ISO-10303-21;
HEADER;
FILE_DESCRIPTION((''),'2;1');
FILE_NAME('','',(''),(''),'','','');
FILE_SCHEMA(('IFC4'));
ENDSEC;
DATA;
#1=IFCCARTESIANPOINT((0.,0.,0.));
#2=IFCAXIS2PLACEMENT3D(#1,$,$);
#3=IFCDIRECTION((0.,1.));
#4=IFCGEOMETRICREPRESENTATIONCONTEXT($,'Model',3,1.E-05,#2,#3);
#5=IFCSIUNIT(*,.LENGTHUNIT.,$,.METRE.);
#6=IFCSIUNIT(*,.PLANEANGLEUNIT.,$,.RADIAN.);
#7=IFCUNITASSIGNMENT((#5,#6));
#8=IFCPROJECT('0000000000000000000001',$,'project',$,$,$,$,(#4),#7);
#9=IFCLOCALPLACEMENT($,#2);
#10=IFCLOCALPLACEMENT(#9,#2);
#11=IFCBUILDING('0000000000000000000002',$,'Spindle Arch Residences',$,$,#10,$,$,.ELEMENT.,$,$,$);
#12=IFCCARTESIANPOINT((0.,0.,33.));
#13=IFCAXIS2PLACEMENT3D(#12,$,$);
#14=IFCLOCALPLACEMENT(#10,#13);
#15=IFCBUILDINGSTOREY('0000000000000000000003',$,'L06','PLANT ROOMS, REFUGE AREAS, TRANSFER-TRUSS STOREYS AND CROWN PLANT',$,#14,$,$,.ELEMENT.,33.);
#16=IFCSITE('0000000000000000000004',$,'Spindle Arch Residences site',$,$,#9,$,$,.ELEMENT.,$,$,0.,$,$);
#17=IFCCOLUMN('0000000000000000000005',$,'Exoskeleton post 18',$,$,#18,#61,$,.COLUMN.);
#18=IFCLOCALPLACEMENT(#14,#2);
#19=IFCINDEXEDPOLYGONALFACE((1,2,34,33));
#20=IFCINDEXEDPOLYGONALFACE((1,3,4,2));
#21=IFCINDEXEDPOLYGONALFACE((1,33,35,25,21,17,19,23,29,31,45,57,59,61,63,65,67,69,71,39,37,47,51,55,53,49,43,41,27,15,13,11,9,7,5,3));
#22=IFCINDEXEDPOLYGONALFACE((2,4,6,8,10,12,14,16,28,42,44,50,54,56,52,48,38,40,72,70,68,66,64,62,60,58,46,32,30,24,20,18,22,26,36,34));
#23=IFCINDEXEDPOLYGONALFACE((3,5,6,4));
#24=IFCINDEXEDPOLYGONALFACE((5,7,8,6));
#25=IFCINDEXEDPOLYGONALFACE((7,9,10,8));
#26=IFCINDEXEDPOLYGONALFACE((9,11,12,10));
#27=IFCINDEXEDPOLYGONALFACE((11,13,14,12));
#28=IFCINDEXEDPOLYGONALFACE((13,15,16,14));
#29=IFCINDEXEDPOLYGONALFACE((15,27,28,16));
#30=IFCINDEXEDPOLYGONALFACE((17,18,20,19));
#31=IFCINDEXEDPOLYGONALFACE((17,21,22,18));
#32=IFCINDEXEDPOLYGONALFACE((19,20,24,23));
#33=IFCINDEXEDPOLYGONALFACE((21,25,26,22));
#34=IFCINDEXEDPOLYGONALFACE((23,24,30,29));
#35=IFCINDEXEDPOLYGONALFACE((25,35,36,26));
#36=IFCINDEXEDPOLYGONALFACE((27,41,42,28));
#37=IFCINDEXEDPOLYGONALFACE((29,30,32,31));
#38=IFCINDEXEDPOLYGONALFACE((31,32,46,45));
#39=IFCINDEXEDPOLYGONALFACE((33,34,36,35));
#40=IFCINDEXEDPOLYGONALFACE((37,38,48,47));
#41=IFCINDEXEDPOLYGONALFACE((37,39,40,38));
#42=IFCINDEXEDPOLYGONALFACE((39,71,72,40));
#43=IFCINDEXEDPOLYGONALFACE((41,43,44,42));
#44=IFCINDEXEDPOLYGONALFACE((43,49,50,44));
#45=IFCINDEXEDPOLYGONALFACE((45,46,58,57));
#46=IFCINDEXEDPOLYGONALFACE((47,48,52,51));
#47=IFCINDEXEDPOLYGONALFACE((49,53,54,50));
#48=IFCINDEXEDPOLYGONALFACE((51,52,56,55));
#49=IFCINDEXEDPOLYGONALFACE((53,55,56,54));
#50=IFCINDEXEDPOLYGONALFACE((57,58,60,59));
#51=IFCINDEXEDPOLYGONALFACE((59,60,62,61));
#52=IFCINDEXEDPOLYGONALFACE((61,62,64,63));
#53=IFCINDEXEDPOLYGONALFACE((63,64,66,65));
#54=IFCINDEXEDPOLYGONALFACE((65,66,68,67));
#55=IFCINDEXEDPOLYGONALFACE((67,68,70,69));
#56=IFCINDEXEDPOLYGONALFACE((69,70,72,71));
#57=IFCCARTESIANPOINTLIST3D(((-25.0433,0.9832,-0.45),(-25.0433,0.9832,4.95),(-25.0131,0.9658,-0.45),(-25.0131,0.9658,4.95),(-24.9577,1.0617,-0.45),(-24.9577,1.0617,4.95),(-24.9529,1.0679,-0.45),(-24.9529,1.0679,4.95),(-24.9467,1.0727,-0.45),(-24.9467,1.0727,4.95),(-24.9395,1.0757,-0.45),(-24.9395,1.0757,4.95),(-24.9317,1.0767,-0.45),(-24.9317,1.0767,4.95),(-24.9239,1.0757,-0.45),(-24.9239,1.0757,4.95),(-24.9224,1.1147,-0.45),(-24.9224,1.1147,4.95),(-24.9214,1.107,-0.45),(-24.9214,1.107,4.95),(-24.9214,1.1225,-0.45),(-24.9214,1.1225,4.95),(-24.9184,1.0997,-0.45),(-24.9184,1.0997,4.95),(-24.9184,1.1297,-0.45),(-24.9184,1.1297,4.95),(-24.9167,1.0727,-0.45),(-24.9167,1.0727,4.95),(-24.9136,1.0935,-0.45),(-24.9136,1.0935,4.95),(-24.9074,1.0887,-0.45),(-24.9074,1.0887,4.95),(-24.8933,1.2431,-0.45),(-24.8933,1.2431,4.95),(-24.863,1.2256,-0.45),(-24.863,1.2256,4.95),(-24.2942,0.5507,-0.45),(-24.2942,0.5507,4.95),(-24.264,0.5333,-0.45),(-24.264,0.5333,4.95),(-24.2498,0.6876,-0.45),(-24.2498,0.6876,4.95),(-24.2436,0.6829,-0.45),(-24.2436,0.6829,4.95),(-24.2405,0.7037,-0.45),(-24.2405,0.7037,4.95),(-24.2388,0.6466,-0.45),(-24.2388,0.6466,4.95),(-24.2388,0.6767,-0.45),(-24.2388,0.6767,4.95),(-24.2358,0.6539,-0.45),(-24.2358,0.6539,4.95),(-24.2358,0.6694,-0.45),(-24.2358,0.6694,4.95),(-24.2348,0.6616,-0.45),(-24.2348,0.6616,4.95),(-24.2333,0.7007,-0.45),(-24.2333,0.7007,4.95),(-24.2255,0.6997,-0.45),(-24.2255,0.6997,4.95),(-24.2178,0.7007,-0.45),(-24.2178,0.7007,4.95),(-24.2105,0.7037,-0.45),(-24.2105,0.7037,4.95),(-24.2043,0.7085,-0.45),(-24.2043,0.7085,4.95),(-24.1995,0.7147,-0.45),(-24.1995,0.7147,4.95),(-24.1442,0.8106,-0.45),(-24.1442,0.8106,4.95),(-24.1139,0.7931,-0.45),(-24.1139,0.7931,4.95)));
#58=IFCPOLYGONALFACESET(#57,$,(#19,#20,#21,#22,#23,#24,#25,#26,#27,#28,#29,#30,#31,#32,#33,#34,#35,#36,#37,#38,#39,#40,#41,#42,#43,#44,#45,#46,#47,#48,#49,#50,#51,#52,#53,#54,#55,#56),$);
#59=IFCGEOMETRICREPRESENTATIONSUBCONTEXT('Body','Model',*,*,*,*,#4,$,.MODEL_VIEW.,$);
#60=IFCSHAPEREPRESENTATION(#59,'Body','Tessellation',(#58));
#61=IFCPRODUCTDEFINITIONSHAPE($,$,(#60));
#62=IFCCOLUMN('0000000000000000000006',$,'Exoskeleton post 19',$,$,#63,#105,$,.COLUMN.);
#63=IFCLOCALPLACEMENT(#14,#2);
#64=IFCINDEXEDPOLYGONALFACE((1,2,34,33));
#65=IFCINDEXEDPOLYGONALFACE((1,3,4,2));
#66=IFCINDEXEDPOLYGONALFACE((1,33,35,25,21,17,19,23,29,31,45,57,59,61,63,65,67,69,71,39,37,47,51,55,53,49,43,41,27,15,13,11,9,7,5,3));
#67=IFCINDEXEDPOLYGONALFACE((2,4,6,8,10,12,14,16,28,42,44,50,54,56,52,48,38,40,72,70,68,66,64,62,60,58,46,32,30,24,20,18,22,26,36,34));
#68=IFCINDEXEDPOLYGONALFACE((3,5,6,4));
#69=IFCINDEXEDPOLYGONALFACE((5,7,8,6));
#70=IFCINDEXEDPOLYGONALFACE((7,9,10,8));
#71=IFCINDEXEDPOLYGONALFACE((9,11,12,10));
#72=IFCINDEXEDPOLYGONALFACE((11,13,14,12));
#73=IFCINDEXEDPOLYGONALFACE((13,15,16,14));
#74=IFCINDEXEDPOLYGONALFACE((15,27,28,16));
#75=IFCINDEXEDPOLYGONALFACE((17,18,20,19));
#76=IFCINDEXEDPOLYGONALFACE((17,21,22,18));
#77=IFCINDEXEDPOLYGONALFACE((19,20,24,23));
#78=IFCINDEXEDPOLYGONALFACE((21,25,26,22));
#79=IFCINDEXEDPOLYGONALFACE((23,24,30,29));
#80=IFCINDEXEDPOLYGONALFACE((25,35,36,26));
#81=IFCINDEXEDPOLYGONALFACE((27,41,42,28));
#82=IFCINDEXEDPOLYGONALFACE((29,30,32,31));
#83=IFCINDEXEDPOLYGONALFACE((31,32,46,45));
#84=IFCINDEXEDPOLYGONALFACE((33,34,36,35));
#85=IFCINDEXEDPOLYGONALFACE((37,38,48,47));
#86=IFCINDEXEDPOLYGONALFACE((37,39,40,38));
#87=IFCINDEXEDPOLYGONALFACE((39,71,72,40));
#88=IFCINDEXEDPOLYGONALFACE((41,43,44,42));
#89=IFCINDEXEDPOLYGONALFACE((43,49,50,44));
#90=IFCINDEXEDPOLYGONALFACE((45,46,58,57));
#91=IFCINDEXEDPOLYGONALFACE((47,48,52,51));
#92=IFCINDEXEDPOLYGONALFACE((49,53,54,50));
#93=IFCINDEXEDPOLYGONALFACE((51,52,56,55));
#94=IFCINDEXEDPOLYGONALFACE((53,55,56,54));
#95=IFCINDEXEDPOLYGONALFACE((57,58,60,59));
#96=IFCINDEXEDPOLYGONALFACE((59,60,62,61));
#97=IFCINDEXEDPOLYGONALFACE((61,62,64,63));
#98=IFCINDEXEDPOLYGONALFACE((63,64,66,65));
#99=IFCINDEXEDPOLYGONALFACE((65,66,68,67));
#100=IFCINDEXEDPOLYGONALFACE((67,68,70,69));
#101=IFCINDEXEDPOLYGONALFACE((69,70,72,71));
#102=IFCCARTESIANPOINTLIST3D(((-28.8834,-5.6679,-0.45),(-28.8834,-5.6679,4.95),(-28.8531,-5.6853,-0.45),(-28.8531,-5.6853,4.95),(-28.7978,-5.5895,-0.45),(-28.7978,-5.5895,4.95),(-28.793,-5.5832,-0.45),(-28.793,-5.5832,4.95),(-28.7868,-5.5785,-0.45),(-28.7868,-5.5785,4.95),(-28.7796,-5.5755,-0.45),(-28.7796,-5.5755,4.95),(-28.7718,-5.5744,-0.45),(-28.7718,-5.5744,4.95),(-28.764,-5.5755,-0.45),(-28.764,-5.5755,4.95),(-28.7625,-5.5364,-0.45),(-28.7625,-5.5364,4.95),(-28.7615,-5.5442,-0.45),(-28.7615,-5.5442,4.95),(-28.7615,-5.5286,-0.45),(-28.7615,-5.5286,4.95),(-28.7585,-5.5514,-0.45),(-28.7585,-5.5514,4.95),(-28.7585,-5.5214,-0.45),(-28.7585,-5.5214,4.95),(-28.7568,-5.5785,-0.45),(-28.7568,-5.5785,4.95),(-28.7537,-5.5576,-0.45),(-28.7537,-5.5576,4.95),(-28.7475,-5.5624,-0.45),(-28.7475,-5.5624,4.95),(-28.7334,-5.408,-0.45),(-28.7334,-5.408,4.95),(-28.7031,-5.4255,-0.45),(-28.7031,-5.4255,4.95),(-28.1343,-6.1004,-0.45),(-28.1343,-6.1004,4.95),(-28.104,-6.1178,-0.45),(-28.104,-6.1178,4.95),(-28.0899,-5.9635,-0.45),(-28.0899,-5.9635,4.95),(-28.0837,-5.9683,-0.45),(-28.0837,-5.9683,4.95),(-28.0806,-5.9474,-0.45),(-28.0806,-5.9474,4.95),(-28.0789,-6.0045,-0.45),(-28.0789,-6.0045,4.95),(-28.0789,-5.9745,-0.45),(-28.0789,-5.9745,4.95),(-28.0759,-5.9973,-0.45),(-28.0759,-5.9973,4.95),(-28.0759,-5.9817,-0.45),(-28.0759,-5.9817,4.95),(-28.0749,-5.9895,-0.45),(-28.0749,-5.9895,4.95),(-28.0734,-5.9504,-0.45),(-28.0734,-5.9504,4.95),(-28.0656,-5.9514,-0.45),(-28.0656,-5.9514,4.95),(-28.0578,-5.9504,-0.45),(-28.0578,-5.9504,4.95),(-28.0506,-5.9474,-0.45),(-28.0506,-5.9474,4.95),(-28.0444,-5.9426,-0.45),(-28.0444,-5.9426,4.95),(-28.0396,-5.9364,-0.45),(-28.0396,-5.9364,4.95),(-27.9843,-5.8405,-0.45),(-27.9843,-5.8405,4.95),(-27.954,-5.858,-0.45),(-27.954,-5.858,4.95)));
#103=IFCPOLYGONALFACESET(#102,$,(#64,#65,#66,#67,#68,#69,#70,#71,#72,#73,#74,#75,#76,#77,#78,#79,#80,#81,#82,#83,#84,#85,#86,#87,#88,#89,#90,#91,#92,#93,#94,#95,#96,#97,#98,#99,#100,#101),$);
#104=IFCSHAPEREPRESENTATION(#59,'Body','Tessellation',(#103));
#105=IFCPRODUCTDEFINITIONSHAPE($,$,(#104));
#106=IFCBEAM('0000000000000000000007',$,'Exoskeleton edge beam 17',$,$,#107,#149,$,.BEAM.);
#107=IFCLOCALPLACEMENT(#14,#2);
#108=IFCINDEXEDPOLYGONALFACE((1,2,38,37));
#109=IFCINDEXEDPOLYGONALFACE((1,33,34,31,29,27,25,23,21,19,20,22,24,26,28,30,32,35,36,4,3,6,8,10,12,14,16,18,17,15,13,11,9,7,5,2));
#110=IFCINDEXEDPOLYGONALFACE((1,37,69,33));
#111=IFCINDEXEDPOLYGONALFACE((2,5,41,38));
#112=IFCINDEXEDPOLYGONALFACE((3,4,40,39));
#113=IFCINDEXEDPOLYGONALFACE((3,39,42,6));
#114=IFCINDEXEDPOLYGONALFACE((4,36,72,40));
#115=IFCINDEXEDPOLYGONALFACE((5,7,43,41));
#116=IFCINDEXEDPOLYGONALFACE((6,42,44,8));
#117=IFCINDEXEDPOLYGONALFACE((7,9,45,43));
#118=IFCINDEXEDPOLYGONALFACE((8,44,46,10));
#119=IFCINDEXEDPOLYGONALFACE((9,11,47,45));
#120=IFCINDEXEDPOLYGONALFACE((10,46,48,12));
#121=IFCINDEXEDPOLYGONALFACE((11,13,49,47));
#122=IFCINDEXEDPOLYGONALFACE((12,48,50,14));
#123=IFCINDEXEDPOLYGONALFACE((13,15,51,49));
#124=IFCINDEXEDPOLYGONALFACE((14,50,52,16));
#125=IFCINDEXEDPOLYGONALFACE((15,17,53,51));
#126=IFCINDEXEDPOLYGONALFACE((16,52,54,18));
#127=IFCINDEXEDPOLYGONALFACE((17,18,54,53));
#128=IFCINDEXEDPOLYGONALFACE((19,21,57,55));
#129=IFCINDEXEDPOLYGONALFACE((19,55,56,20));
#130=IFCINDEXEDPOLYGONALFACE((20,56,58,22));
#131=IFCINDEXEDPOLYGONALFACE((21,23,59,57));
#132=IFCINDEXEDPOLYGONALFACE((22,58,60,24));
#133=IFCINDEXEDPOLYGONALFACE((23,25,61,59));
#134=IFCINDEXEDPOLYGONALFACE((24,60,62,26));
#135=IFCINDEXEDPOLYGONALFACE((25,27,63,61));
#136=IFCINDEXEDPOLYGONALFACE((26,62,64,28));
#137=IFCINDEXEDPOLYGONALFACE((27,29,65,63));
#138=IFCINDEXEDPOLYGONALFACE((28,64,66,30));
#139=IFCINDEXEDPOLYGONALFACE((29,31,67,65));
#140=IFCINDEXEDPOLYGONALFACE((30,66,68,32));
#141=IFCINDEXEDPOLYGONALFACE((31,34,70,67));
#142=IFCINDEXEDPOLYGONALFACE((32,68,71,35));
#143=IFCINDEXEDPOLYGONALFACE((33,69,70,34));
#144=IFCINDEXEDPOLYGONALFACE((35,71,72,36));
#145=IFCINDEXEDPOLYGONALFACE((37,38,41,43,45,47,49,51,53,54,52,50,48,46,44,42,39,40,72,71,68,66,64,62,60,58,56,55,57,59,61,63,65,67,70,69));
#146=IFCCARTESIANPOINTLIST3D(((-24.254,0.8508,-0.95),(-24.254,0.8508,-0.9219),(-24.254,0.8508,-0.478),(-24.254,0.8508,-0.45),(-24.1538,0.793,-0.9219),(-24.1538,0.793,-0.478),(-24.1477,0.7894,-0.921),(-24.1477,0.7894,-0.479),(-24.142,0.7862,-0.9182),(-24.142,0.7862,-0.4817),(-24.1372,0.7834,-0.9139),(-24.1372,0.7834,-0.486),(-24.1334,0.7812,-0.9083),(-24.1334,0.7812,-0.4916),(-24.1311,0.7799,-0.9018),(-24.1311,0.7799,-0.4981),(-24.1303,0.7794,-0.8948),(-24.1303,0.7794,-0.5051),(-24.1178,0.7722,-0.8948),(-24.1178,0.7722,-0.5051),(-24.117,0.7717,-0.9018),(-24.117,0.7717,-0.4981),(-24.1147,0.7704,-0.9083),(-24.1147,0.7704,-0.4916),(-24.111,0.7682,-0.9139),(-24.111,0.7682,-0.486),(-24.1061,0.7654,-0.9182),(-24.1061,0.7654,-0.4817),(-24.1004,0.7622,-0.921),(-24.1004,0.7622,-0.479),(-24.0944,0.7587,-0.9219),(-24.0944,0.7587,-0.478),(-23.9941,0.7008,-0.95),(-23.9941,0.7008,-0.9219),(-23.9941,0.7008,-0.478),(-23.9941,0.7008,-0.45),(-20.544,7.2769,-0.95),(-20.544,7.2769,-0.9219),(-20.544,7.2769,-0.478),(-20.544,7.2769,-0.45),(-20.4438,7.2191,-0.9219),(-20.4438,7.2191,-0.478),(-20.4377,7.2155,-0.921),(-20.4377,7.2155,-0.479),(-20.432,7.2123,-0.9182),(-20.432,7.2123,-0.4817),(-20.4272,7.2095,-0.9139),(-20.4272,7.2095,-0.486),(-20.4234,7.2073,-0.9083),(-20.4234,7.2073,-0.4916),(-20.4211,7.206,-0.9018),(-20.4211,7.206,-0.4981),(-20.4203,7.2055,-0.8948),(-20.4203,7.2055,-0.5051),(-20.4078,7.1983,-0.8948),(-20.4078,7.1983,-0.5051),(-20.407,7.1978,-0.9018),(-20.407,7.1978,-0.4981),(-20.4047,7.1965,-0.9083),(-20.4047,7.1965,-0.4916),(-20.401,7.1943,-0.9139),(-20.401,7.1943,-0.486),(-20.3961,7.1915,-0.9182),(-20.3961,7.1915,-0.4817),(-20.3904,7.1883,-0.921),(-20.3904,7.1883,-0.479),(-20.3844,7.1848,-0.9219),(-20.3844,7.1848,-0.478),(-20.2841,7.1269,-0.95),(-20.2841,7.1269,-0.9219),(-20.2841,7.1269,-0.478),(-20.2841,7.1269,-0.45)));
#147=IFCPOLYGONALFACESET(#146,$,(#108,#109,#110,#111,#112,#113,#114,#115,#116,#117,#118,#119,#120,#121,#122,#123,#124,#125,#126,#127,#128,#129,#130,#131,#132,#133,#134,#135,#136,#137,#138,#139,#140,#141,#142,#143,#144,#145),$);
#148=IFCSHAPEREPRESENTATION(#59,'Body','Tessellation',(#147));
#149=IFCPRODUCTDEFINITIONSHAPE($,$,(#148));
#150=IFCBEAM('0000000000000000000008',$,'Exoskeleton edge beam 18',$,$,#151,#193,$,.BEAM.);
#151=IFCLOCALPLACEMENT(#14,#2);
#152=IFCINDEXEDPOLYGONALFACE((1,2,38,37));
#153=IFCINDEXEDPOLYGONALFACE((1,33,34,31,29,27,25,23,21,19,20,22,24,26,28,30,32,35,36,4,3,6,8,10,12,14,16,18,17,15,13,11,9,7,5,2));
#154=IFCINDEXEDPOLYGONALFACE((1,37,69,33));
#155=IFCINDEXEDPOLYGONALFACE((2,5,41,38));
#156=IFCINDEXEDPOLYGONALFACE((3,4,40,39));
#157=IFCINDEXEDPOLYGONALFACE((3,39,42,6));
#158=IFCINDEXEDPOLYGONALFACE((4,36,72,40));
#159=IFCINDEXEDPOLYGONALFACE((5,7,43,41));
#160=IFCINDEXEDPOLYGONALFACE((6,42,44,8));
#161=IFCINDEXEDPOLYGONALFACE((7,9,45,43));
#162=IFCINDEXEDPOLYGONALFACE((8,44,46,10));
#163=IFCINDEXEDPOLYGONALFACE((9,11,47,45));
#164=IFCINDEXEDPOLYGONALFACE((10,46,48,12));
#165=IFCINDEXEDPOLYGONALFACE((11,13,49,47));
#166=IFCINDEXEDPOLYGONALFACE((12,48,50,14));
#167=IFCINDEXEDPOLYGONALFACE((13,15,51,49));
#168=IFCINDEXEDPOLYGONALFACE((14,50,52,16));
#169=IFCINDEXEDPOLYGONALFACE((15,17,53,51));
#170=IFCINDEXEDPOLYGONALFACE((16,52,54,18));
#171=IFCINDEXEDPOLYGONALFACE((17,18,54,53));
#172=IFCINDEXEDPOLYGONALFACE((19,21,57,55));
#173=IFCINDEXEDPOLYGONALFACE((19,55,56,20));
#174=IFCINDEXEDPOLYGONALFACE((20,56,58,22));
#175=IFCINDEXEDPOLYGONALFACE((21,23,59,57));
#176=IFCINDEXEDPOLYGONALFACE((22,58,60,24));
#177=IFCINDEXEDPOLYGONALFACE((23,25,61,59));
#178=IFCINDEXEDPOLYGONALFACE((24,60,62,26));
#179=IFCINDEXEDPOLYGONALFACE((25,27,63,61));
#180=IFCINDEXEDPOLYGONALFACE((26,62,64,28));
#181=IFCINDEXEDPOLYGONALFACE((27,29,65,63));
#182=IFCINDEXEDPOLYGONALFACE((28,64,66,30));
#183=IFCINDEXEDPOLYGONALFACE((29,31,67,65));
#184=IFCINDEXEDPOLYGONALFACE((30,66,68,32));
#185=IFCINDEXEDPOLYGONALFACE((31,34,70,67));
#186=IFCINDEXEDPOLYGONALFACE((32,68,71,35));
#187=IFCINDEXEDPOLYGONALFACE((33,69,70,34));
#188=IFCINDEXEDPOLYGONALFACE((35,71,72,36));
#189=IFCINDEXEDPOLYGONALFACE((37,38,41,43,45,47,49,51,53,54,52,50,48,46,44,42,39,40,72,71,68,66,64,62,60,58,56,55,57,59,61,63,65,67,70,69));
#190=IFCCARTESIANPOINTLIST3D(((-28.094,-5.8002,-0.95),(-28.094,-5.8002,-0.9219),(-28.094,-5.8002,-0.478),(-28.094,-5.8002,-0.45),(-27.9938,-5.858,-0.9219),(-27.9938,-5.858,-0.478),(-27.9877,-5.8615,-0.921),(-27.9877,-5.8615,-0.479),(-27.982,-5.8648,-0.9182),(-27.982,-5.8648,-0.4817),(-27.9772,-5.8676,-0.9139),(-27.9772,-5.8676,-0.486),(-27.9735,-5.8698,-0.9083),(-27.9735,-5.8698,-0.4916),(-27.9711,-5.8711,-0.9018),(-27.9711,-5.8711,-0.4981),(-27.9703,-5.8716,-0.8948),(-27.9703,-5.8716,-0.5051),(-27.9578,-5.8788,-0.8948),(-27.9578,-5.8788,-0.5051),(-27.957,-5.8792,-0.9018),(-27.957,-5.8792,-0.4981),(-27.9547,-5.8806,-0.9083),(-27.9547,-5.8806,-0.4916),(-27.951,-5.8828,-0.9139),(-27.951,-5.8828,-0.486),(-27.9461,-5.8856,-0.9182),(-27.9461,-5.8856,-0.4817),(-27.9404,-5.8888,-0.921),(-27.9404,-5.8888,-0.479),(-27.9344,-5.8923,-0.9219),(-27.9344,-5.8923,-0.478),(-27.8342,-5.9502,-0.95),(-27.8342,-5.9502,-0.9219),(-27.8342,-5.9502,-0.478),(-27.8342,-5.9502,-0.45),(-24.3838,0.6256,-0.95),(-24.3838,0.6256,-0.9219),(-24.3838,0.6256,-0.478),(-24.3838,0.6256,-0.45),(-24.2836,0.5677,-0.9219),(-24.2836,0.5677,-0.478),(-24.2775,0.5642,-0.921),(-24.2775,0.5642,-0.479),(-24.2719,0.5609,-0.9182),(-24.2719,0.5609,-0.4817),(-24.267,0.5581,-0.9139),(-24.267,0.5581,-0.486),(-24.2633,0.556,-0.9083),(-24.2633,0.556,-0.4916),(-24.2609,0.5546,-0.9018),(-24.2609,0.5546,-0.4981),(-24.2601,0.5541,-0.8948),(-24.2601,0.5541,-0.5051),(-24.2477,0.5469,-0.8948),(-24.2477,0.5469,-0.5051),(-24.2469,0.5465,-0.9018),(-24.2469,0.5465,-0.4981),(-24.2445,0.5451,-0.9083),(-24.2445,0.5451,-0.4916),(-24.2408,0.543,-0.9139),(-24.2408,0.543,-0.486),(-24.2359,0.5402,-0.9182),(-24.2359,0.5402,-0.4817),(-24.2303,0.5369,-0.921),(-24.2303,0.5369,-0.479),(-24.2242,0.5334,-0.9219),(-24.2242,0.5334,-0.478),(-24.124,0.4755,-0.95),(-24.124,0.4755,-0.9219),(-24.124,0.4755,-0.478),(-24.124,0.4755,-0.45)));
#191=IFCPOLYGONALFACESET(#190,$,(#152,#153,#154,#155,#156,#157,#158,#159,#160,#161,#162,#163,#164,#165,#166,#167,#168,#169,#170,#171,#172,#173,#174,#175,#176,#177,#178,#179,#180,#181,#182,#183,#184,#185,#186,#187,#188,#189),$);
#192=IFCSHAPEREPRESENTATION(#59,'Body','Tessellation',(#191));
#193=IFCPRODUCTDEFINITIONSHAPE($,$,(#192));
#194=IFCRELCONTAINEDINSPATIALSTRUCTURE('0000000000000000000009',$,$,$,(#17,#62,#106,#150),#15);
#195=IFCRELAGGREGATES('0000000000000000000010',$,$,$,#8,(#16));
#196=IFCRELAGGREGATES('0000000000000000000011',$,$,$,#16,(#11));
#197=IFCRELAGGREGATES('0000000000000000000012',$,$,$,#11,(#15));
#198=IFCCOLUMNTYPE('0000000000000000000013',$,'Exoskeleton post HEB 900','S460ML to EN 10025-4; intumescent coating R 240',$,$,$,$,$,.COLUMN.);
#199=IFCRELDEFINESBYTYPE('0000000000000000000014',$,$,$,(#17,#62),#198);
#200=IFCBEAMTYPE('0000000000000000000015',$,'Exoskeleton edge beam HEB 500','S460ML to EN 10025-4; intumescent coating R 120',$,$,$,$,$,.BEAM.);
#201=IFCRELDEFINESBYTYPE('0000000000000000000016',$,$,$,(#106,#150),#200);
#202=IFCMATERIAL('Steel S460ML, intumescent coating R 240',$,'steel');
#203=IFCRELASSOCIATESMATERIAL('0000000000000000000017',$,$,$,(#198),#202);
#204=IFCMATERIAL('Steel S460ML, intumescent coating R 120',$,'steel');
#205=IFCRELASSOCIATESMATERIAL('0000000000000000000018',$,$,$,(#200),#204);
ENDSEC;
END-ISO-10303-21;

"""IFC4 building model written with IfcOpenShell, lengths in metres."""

from ifc_helpers import new_model, si_unit, direction, frame, origin, origin_2d, place, context, subcontext, project, spatial, i_section, extrude, material, material_profile, profile_set, type_object, element, save


model = new_model("IFC4")

# Units and contexts
model_context = context("Model", 3, precision=1e-05, world=origin(), true_north=direction((0.0, 1.0)))
body_context = subcontext(model_context, "Body", "Model", "MODEL_VIEW")
ifc_project = project(units=[si_unit("LENGTHUNIT", "METRE"), si_unit("PLANEANGLEUNIT", "RADIAN")], contexts=[model_context])

# Site, building, storey
site_placement = place(None, origin())
site = spatial("IfcSite", under=ifc_project, at=site_placement, Name="Spindle Arch Residences site", CompositionType="ELEMENT", RefElevation=0.0)
building_placement = place(site_placement, origin())
building = spatial("IfcBuilding", under=site, at=building_placement, Name="Spindle Arch Residences", CompositionType="ELEMENT")
storey_placement = place(building_placement, frame((0.0, 0.0, 33.0)))
storey = spatial("IfcBuildingStorey", under=building, at=storey_placement, Name="L06", Description="PLANT ROOMS, REFUGE AREAS, TRANSFER-TRUSS STOREYS AND CROWN PLANT", CompositionType="ELEMENT", Elevation=33.0)

# Columns
ifc_material_1 = material(Name="Steel S460ML, intumescent coating R 240", Category="steel")
ifc_material_profile_1 = material_profile(ifc_material_1, i_section(OverallWidth=0.3, OverallDepth=0.8999, WebThickness=0.0186, FlangeThickness=0.0349, FilletRadius=0.03, at=origin_2d()), Name="HEB 900")
ifc_profile_set_1 = profile_set([ifc_material_profile_1], Name="Steel S460ML, intumescent coating R 240")
column_type = type_object("IfcColumnType", Name="Exoskeleton post HEB 900", Description="S460ML to EN 10025-4; intumescent coating R 240", PredefinedType="COLUMN", material=ifc_profile_set_1)
for number, where, z_axis, x_axis, name in (
    (1, (-24.5786, 0.8882, -0.45), (0.0, 0.0, 1.0), (0.5, 0.866025, 0.0), "Exoskeleton post 18"),
    (2, (-28.4187, -5.7629, -0.45), (0.0, 0.0, 1.0), (0.5, 0.866025, 0.0), "Exoskeleton post 19"),
):
    element("IfcColumn", number, at=place(storey_placement, frame(where, z_axis=z_axis, x_axis=x_axis)), inside=storey, type_object=column_type, Name=name, PredefinedType="COLUMN", context=body_context, shape_type="SweptSolid", body=[
        extrude(i_section(OverallWidth=0.3, OverallDepth=0.8999, WebThickness=0.0186, FlangeThickness=0.0349, FilletRadius=0.03, at=origin_2d()), origin(), (0.0, 0.0, 1.0), 5.3999),
    ])

# Beams
ifc_material_2 = material(Name="Steel S460ML, intumescent coating R 120", Category="steel")
ifc_material_profile_2 = material_profile(ifc_material_2, i_section(OverallWidth=0.3, OverallDepth=0.5, WebThickness=0.0144, FlangeThickness=0.0281, FilletRadius=0.0271, at=origin_2d()), Name="HEB 500")
ifc_profile_set_2 = profile_set([ifc_material_profile_2], Name="Steel S460ML, intumescent coating R 120")
beam_type_1 = type_object("IfcBeamType", Name="Exoskeleton edge beam HEB 500", Description="S460ML to EN 10025-4; intumescent coating R 120", PredefinedType="BEAM", material=ifc_profile_set_2)
beam_1_placement = place(storey_placement, frame((-20.4141, 7.2019, -0.7), z_axis=(-0.499989, -0.866032, 0.0), x_axis=(0.866032, -0.499989, 0.0)))
element("IfcBeam", 3, at=beam_1_placement, inside=storey, type_object=beam_type_1, Name="Exoskeleton edge beam 17", PredefinedType="BEAM", context=body_context, shape_type="SweptSolid", body=[
    extrude(i_section(OverallWidth=0.3, OverallDepth=0.5, WebThickness=0.0144, FlangeThickness=0.0281, FilletRadius=0.0271, at=origin_2d()), origin(), (0.0, 0.0, 1.0), 7.4202),
])
beam_2_placement = place(storey_placement, frame((-24.2539, 0.5505, -0.7), z_axis=(-0.500028, -0.866009, 0.0), x_axis=(0.866009, -0.500028, 0.0)))
element("IfcBeam", 4, at=beam_2_placement, inside=storey, type_object=beam_type_1, Name="Exoskeleton edge beam 18", PredefinedType="BEAM", context=body_context, shape_type="SweptSolid", body=[
    extrude(i_section(OverallWidth=0.3, OverallDepth=0.5, WebThickness=0.0144, FlangeThickness=0.0281, FilletRadius=0.0271, at=origin_2d()), origin(), (0.0, 0.0, 1.0), 7.4199),
])

save(model, "model.ifc")
